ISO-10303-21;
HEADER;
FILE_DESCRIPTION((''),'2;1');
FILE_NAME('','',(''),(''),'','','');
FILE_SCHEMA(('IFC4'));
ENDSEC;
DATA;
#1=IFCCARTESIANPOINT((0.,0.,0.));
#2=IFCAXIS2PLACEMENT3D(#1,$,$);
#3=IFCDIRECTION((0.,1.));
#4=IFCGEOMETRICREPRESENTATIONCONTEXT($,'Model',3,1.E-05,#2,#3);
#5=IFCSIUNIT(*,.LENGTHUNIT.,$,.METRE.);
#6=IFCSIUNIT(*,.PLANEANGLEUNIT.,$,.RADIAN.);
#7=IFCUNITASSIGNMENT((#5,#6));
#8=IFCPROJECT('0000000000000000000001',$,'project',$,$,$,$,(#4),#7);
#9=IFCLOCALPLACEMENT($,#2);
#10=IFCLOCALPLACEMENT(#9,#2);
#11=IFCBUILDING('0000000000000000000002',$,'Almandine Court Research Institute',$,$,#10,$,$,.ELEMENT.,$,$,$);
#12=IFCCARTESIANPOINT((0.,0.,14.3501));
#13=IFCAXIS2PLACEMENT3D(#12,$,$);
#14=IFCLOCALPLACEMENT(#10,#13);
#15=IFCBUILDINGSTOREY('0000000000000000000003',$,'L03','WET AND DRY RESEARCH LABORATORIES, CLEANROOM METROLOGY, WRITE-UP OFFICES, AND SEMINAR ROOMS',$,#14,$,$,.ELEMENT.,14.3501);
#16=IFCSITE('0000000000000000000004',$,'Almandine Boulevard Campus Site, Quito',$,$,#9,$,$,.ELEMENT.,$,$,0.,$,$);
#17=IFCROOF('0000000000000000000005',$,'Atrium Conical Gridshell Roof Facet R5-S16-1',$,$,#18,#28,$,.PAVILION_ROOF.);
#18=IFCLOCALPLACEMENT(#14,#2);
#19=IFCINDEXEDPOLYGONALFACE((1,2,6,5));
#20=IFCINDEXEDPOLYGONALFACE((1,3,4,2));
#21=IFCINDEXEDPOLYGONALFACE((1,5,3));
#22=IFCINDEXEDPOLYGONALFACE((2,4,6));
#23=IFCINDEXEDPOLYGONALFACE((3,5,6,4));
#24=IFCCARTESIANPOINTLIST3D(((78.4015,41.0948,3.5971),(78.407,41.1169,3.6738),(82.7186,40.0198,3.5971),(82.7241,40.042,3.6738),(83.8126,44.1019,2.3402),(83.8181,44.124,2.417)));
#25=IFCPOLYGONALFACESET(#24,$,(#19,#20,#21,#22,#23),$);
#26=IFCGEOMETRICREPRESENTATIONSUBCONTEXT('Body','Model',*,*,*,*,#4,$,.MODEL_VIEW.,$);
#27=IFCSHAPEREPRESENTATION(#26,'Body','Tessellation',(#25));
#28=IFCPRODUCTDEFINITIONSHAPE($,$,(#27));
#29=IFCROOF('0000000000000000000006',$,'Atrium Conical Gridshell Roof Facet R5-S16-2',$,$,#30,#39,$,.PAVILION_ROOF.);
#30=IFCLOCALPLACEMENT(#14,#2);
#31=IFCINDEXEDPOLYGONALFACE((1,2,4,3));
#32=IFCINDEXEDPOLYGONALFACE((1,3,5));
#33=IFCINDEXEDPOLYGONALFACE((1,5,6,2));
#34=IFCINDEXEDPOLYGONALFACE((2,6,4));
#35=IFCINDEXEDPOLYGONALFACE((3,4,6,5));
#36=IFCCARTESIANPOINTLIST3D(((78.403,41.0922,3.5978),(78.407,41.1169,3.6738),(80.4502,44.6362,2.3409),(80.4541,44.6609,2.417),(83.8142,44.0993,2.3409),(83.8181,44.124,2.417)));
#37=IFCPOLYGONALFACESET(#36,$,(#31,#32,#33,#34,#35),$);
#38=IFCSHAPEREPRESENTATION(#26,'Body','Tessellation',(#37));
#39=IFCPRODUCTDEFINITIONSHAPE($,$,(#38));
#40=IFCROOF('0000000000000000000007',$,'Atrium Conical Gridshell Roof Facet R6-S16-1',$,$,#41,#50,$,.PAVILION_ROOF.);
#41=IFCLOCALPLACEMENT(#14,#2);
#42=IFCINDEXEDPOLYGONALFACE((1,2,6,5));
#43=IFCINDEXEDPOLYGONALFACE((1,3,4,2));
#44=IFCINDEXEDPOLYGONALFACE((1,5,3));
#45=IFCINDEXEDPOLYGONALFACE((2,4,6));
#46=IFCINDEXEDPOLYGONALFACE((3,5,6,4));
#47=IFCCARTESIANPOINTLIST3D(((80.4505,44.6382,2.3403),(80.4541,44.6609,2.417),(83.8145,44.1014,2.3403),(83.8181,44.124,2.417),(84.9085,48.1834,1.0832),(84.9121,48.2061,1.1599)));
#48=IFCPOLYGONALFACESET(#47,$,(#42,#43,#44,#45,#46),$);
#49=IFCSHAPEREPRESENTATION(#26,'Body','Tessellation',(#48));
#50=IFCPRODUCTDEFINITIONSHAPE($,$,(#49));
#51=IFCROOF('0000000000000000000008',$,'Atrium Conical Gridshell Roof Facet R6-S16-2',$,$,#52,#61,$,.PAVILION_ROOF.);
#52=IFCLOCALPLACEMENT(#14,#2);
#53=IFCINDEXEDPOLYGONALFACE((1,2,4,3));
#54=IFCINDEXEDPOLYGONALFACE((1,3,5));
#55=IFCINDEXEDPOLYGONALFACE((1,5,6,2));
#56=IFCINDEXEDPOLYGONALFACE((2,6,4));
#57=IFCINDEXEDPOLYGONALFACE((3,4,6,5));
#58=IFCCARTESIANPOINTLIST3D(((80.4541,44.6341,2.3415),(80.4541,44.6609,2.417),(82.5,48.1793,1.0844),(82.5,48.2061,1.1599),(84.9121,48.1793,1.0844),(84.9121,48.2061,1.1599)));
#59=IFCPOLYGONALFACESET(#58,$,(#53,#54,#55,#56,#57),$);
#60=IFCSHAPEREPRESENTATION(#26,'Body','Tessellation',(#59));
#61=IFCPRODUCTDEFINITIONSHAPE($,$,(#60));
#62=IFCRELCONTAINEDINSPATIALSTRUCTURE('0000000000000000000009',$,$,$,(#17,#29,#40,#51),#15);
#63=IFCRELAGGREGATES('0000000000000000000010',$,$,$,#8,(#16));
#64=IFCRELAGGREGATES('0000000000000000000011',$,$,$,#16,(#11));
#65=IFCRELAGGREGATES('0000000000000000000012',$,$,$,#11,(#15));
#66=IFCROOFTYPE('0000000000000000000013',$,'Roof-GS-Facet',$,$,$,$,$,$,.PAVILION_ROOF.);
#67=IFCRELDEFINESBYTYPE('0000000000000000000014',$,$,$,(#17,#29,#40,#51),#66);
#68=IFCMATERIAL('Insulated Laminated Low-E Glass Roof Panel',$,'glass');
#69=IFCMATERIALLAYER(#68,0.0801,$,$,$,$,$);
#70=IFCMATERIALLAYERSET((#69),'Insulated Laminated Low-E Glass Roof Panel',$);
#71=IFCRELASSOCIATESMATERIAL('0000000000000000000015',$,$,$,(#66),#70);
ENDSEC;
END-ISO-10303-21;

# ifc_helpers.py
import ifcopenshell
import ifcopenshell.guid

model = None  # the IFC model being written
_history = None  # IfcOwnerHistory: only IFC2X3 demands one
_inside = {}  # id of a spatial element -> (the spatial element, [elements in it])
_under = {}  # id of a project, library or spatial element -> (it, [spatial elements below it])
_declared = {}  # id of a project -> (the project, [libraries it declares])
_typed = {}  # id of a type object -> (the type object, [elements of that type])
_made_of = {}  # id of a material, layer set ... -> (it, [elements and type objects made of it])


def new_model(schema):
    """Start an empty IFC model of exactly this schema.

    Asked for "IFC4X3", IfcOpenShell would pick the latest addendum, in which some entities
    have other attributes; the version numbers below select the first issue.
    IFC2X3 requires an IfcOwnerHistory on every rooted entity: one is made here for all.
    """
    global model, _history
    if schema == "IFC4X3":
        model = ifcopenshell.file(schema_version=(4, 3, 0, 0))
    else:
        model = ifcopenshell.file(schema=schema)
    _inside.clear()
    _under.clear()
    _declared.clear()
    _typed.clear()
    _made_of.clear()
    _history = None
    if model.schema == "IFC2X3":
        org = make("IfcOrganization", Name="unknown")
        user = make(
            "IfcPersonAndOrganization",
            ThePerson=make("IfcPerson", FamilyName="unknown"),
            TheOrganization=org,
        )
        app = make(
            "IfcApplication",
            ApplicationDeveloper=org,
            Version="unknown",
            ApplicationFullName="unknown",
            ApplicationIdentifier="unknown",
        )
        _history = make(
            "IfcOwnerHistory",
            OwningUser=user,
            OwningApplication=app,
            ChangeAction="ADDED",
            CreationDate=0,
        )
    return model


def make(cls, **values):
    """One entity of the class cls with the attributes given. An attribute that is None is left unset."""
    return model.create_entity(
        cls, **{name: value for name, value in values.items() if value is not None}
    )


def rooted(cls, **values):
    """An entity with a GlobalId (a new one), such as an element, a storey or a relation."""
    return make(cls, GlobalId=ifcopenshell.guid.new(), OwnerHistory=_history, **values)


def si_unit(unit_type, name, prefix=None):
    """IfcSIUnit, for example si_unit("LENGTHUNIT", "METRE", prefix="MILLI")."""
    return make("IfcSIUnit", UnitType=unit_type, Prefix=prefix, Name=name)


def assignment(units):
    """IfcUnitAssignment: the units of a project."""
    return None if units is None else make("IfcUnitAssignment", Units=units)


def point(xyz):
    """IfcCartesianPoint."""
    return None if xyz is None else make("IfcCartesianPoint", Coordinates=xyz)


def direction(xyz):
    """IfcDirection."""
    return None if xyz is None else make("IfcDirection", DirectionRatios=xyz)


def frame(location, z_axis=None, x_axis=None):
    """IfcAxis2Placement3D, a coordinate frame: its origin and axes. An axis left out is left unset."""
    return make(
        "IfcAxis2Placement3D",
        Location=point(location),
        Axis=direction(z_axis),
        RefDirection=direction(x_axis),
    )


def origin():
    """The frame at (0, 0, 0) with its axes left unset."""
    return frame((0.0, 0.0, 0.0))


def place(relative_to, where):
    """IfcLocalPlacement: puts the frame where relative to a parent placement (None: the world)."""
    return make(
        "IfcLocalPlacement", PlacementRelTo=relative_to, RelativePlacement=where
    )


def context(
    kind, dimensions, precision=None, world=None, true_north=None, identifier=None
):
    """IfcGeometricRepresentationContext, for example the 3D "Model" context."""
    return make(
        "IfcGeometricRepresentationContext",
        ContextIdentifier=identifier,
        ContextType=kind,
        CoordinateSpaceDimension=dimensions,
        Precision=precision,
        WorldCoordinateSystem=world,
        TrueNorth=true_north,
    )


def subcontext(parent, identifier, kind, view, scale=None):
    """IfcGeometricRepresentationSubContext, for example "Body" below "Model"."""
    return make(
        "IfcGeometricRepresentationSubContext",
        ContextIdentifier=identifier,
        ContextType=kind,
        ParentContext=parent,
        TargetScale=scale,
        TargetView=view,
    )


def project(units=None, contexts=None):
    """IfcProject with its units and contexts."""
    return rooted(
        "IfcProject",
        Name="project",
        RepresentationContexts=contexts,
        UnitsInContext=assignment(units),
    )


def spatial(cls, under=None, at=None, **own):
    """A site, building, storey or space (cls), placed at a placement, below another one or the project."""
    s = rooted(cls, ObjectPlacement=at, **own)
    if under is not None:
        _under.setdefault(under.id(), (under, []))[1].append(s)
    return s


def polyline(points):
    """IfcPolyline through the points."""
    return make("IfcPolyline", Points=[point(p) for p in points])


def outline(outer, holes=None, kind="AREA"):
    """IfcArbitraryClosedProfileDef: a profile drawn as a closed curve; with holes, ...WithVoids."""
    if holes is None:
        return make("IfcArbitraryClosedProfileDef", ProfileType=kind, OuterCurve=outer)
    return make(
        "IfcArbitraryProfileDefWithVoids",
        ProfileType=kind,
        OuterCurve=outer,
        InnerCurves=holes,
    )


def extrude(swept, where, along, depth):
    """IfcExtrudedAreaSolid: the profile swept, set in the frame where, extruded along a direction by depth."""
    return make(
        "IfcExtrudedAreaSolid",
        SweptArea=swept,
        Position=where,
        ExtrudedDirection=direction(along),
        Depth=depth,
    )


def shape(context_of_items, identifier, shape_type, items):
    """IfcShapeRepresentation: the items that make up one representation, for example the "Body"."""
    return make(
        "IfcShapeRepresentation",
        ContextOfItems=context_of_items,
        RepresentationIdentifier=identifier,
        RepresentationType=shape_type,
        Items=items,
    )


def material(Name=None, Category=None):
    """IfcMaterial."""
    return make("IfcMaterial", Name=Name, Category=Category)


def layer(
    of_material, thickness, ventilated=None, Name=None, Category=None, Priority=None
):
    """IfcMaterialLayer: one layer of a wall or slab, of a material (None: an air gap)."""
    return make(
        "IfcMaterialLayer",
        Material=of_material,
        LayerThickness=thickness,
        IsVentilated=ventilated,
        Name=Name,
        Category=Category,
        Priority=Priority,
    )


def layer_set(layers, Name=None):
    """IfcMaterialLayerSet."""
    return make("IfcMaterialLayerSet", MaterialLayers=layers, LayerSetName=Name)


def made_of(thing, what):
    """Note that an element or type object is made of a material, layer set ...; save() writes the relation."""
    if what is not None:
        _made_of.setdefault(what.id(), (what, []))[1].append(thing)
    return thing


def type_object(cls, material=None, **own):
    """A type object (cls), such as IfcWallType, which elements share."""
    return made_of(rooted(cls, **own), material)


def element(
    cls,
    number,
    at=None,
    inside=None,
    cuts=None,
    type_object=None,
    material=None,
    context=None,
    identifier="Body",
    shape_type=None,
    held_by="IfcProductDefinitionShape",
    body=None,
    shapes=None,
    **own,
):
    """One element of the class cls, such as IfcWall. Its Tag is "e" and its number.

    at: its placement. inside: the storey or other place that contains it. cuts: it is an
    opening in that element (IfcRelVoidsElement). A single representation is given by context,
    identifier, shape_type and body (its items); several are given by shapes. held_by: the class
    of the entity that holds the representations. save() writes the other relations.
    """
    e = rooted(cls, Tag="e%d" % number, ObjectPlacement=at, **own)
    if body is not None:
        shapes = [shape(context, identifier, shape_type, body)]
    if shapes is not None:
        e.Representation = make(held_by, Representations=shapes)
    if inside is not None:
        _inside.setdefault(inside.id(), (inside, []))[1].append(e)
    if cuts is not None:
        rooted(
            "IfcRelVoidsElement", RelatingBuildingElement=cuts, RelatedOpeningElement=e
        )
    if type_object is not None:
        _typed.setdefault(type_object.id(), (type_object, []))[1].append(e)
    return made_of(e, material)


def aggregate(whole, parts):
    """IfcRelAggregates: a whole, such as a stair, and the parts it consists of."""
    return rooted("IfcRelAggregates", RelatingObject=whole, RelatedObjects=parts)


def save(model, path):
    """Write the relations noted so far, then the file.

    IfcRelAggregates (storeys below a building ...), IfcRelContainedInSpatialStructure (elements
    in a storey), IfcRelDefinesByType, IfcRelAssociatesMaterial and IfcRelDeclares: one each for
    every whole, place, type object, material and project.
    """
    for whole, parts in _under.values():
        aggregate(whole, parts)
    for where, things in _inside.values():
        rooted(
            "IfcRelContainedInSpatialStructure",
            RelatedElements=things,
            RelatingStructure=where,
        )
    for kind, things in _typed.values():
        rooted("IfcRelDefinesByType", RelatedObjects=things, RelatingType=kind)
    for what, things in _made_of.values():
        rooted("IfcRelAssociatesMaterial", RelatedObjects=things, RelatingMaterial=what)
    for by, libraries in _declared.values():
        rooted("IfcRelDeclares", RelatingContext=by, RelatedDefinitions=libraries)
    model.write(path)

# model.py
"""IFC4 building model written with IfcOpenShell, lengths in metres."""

from ifc_helpers import new_model, si_unit, direction, frame, origin, place, context, subcontext, project, spatial, polyline, outline, extrude, material, layer, layer_set, type_object, element, save


model = new_model("IFC4")

# Units and contexts
model_context = context("Model", 3, precision=1e-05, world=origin(), true_north=direction((0.0, 1.0)))
body_context = subcontext(model_context, "Body", "Model", "MODEL_VIEW")
ifc_project = project(units=[si_unit("LENGTHUNIT", "METRE"), si_unit("PLANEANGLEUNIT", "RADIAN")], contexts=[model_context])

# Site, building, storey
site_placement = place(None, origin())
site = spatial("IfcSite", under=ifc_project, at=site_placement, Name="Almandine Boulevard Campus Site, Quito", CompositionType="ELEMENT", RefElevation=0.0)
building_placement = place(site_placement, origin())
building = spatial("IfcBuilding", under=site, at=building_placement, Name="Almandine Court Research Institute", CompositionType="ELEMENT")
storey_placement = place(building_placement, frame((0.0, 0.0, 14.3501)))
storey = spatial("IfcBuildingStorey", under=building, at=storey_placement, Name="L03", Description="WET AND DRY RESEARCH LABORATORIES, CLEANROOM METROLOGY, WRITE-UP OFFICES, AND SEMINAR ROOMS", CompositionType="ELEMENT", Elevation=14.3501)

# Roofs
ifc_material_1 = material(Name="Insulated Laminated Low-E Glass Roof Panel", Category="glass")
ifc_layer_1 = layer(ifc_material_1, 0.0801)
ifc_layer_set_1 = layer_set([ifc_layer_1], Name="Insulated Laminated Low-E Glass Roof Panel")
roof_type = type_object("IfcRoofType", Name="Roof-GS-Facet", PredefinedType="PAVILION_ROOF", material=ifc_layer_set_1)
roof_1_placement = place(storey_placement, frame((78.407, 41.1169, 3.6738), z_axis=(0.068886, 0.276655, 0.958497), x_axis=(0.970371, -0.241619, 0.0)))
element("IfcRoof", 1, at=roof_1_placement, inside=storey, type_object=roof_type, Name="Atrium Conical Gridshell Roof Facet R5-S16-1", PredefinedType="PAVILION_ROOF", context=body_context, shape_type="SweptSolid", body=[
    extrude(outline(polyline([(0.0, 0.0), (4.449, 0.0), (4.5242, 4.4084), (0.0, 0.0)])), origin(), (0.0, 0.0, -1.0), 0.0801),
])
roof_2_placement = place(storey_placement, frame((78.407, 41.1169, 3.6738), z_axis=(0.049228, 0.308462, 0.949962), x_axis=(0.85662, 0.476041, -0.198966)))
element("IfcRoof", 2, at=roof_2_placement, inside=storey, type_object=roof_type, Name="Atrium Conical Gridshell Roof Facet R5-S16-2", PredefinedType="PAVILION_ROOF", context=body_context, shape_type="SweptSolid", body=[
    extrude(outline(polyline([(0.0, 0.0), (6.3168, 0.0), (3.6907, 2.1699), (0.0, 0.0)])), origin(), (0.0, 0.0, -1.0), 0.0801),
])
roof_3_placement = place(storey_placement, frame((80.4541, 44.6609, 2.417), z_axis=(0.045155, 0.282942, 0.958074), x_axis=(0.987504, -0.157596, 0.0)))
element("IfcRoof", 3, at=roof_3_placement, inside=storey, type_object=roof_type, Name="Atrium Conical Gridshell Roof Facet R6-S16-1", PredefinedType="PAVILION_ROOF", context=body_context, shape_type="SweptSolid", body=[
    extrude(outline(polyline([(0.0, 0.0), (3.4066, 0.0), (3.8436, 4.3874), (0.0, 0.0)])), origin(), (0.0, 0.0, -1.0), 0.0801),
])
roof_4_placement = place(storey_placement, frame((80.4541, 44.6609, 2.417), z_axis=(0.0, 0.334202, 0.942502), x_axis=(0.764292, 0.607792, -0.215517)))
element("IfcRoof", 4, at=roof_4_placement, inside=storey, type_object=roof_type, Name="Atrium Conical Gridshell Roof Facet R6-S16-2", PredefinedType="PAVILION_ROOF", context=body_context, shape_type="SweptSolid", body=[
    extrude(outline(polyline([(0.0, 0.0), (5.8329, 0.0), (3.9893, 1.5555), (0.0, 0.0)])), origin(), (0.0, 0.0, -1.0), 0.0801),
])

save(model, "model.ifc")
